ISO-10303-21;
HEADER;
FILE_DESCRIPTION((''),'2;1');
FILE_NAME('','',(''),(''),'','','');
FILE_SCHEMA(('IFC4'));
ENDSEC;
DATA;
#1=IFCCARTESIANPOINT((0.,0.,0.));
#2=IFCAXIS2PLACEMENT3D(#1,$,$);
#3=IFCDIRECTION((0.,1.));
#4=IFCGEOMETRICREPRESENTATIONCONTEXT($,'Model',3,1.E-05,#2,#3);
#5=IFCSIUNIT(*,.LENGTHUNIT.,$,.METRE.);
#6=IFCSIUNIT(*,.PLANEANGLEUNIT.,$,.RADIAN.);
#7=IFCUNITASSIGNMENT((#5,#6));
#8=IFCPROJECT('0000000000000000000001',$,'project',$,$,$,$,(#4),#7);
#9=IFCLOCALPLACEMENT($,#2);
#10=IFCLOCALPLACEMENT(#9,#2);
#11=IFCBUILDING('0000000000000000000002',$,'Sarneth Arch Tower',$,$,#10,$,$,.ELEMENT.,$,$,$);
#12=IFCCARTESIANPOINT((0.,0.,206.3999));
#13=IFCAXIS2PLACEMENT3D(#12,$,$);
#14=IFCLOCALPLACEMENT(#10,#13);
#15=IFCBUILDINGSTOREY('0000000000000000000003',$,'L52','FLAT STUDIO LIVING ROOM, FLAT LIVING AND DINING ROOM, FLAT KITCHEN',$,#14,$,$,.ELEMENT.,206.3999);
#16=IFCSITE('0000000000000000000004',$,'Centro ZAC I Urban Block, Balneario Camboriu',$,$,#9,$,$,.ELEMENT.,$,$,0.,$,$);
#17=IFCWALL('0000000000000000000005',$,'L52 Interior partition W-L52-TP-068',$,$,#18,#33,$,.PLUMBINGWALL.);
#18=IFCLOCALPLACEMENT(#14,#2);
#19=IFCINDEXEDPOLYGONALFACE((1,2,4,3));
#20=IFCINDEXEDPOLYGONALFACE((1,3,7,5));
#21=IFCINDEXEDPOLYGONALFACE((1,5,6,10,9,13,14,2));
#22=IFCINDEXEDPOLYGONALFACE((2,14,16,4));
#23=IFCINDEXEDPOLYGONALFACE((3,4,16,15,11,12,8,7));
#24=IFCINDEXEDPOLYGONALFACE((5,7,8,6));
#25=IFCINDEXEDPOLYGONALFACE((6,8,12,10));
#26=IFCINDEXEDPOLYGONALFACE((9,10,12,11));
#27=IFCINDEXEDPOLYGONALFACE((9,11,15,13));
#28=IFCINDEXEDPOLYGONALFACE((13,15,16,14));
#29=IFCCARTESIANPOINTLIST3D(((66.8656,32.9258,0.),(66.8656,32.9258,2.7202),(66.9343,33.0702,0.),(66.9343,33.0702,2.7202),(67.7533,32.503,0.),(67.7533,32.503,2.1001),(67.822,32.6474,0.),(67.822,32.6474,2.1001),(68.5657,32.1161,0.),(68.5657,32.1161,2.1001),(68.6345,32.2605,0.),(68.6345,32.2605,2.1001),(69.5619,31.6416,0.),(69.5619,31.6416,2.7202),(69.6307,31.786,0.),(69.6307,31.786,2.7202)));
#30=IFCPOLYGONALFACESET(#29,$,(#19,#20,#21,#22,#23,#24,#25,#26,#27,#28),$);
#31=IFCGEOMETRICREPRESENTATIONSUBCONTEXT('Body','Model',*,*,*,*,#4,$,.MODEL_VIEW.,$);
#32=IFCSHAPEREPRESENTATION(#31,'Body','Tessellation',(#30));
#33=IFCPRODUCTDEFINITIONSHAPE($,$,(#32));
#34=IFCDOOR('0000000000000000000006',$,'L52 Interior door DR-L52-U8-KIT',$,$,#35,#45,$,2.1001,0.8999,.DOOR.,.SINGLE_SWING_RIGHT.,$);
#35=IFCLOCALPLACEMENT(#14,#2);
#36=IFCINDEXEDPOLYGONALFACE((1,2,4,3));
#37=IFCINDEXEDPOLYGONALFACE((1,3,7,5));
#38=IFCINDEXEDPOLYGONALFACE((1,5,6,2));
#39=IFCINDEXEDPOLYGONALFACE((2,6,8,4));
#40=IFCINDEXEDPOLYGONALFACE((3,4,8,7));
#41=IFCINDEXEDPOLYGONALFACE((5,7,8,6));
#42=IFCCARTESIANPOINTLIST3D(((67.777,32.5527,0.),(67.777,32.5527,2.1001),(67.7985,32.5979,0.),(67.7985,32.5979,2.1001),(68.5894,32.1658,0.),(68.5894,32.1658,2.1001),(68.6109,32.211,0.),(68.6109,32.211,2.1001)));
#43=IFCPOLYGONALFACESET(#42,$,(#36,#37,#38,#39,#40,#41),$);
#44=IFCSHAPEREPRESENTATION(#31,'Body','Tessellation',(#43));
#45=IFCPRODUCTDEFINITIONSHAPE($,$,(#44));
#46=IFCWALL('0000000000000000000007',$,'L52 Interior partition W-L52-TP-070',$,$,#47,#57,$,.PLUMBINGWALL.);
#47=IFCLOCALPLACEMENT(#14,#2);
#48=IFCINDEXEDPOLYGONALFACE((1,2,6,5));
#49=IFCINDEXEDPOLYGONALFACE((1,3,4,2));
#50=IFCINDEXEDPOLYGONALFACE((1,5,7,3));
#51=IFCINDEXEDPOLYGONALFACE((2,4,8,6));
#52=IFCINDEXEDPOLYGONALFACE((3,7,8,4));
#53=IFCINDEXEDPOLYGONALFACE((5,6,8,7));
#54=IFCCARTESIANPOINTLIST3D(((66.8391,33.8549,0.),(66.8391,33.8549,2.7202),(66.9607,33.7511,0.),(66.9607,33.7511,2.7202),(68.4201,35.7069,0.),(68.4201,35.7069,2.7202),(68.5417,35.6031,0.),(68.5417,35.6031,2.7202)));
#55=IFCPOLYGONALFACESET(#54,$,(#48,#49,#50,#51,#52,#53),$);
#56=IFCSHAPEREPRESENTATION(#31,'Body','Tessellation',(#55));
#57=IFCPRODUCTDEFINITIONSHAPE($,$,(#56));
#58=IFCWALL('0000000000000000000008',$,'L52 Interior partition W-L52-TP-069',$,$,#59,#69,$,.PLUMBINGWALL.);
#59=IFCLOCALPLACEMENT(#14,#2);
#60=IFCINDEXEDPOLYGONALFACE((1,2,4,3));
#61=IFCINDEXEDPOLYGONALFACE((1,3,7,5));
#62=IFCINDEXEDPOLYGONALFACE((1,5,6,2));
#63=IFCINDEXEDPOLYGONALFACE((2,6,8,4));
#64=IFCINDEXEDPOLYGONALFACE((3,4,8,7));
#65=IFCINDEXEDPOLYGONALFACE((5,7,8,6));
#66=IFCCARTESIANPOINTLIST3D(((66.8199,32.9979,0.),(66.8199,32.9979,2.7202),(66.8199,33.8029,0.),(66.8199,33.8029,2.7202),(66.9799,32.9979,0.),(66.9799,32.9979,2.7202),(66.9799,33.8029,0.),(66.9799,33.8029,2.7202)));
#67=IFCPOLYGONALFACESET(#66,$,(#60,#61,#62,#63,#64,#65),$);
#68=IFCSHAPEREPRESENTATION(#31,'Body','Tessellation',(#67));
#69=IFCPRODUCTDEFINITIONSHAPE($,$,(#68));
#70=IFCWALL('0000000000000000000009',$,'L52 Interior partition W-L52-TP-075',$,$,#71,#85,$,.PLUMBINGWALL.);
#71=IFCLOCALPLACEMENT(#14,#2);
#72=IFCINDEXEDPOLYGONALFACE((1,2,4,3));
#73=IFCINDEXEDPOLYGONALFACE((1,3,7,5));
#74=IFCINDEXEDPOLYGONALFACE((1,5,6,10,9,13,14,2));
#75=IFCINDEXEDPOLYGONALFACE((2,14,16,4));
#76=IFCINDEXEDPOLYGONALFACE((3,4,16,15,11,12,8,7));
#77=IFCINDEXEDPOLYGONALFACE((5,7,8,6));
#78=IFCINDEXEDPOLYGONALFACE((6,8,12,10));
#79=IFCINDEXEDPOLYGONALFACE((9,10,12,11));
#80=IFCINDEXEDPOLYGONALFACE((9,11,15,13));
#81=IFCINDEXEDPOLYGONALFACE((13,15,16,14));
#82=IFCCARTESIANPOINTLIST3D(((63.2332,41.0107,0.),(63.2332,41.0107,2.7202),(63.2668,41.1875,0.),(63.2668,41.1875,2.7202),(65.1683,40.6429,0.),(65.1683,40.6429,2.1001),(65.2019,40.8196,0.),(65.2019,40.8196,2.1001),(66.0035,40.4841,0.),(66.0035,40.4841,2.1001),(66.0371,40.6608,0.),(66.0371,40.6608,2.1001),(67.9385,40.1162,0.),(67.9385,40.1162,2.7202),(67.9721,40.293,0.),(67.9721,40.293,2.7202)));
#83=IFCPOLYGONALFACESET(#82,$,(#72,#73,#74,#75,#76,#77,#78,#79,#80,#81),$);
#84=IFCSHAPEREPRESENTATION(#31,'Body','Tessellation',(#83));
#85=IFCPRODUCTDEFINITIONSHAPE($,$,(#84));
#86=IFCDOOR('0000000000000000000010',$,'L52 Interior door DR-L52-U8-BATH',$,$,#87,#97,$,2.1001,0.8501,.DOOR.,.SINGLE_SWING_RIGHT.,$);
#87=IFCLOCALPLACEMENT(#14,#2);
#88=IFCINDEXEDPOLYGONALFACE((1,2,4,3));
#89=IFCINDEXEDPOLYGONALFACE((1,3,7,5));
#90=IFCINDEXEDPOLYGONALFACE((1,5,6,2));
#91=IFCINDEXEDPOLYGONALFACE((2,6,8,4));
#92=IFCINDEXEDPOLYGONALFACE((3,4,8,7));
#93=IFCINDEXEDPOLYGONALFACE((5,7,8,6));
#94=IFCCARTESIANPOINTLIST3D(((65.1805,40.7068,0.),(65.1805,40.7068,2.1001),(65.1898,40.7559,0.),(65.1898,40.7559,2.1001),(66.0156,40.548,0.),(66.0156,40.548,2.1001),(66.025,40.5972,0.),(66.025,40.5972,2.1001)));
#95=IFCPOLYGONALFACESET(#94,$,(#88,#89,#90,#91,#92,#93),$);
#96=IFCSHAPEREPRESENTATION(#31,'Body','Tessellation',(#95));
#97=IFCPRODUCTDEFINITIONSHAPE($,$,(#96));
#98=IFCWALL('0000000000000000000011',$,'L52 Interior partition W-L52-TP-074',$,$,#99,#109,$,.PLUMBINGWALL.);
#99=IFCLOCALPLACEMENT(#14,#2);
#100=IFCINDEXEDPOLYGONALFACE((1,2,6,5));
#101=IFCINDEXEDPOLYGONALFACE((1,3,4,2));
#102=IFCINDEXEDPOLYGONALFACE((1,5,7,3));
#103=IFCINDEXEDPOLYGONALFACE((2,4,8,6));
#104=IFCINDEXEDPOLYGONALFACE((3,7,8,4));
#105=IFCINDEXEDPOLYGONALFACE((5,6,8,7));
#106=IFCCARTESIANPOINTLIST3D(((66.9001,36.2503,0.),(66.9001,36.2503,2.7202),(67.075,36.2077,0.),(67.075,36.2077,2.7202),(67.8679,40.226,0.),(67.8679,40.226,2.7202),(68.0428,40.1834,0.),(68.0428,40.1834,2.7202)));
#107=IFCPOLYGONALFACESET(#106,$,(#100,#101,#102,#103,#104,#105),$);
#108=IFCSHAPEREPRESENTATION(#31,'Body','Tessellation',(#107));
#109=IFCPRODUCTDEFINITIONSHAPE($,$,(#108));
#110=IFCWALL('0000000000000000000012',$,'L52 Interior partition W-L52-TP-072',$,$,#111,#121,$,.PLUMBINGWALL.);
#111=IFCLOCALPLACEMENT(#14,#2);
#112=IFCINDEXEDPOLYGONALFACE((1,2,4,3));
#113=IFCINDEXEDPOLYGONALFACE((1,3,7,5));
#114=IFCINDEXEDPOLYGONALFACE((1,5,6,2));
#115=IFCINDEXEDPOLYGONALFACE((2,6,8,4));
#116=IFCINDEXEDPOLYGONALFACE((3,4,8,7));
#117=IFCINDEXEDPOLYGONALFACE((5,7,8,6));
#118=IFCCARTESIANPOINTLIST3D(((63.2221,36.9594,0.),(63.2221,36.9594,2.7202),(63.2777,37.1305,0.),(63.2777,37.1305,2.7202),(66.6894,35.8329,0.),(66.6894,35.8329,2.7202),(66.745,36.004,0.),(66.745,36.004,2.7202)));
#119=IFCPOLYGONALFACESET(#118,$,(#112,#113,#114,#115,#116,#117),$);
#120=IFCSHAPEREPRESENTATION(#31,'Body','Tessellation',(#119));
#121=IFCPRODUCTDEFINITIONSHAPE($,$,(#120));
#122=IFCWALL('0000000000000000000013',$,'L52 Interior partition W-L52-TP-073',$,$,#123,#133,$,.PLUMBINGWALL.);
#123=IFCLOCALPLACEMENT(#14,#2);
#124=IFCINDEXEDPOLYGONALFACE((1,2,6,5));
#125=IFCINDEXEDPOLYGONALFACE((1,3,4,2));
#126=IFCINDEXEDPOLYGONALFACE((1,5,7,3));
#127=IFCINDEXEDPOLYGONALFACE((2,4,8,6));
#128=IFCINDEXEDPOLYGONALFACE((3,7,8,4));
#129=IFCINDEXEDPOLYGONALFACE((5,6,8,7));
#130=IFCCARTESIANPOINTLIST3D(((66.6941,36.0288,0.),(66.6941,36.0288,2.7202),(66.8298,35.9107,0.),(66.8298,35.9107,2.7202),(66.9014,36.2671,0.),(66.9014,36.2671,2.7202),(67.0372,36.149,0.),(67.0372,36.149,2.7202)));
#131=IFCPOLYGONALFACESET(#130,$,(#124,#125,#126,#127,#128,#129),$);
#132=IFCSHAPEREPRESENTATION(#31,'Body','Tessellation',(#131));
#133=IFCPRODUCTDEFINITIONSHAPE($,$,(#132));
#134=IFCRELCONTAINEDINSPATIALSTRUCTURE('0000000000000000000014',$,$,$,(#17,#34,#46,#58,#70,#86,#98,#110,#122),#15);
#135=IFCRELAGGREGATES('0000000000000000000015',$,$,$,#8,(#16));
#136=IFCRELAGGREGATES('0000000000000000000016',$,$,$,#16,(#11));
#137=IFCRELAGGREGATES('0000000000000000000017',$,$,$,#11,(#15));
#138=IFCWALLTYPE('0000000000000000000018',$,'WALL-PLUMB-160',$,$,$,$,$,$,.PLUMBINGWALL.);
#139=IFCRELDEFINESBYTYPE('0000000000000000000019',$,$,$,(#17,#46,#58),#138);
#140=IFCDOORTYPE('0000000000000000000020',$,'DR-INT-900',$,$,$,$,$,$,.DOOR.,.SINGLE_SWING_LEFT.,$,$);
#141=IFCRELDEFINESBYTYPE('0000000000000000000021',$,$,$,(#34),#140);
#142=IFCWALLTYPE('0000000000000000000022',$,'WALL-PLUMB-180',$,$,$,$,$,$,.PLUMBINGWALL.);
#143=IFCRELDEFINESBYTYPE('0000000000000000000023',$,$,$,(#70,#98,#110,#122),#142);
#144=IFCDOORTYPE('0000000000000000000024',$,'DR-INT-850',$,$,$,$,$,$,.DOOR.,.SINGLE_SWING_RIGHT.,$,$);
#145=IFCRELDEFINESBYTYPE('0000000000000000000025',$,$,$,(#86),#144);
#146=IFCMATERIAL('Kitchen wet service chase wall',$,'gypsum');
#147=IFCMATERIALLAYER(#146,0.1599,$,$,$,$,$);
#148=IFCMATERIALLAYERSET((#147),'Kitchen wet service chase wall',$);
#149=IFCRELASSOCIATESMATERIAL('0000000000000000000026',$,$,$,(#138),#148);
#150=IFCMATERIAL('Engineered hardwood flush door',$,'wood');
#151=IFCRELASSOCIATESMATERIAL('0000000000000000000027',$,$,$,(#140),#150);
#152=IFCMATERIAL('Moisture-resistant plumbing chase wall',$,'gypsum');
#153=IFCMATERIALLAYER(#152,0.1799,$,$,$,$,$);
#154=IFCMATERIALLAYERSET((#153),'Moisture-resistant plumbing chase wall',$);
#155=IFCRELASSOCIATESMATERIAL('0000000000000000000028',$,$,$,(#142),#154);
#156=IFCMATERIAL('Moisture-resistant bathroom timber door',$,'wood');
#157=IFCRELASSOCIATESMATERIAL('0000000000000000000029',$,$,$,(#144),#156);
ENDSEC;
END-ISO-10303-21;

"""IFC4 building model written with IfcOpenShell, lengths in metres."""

from ifc_helpers import new_model, si_unit, direction, frame, frame_2d, origin, place, context, subcontext, project, spatial, rectangle, extrude, material, layer, layer_set, type_object, element, fill, save


model = new_model("IFC4")

# Units and contexts
model_context = context("Model", 3, precision=1e-05, world=origin(), true_north=direction((0.0, 1.0)))
body_context = subcontext(model_context, "Body", "Model", "MODEL_VIEW")
ifc_project = project(units=[si_unit("LENGTHUNIT", "METRE"), si_unit("PLANEANGLEUNIT", "RADIAN")], contexts=[model_context])

# Site, building, storey
site_placement = place(None, origin())
site = spatial("IfcSite", under=ifc_project, at=site_placement, Name="Centro ZAC I Urban Block, Balneario Camboriu", CompositionType="ELEMENT", RefElevation=0.0)
building_placement = place(site_placement, origin())
building = spatial("IfcBuilding", under=site, at=building_placement, Name="Sarneth Arch Tower", CompositionType="ELEMENT")
storey_placement = place(building_placement, frame((0.0, 0.0, 206.3999)))
storey = spatial("IfcBuildingStorey", under=building, at=storey_placement, Name="L52", Description="FLAT STUDIO LIVING ROOM, FLAT LIVING AND DINING ROOM, FLAT KITCHEN", CompositionType="ELEMENT", Elevation=206.3999)

# Shared definitions
ifc_material_1 = material(Name="Kitchen wet service chase wall", Category="gypsum")
ifc_layer_1 = layer(ifc_material_1, 0.1599)
ifc_layer_set_1 = layer_set([ifc_layer_1], Name="Kitchen wet service chase wall")
wall_type_1 = type_object("IfcWallType", Name="WALL-PLUMB-160", PredefinedType="PLUMBINGWALL", material=ifc_layer_set_1)

# Wall, opening, door
wall_1_placement = place(storey_placement, frame((69.5962, 31.7139, 0.0), z_axis=(0.0, 0.0, 1.0), x_axis=(-0.90283, 0.429997, 0.0)))
wall_1 = element("IfcWall", 1, at=wall_1_placement, inside=storey, type_object=wall_type_1, Name="L52 Interior partition W-L52-TP-068", PredefinedType="PLUMBINGWALL", context=body_context, shape_type="SweptSolid", body=[
    extrude(rectangle(XDim=2.9866, YDim=0.1599, at=frame_2d((1.4932, 0.0))), origin(), (0.0, 0.0, 1.0), 2.7202),
])
opening_1_placement = place(wall_1_placement, frame((1.1033, 0.0, 0.0)))
opening_1 = element("IfcOpeningElement", 2, at=opening_1_placement, cuts=wall_1, PredefinedType="OPENING", context=body_context, shape_type="SweptSolid", body=[
    extrude(rectangle(XDim=0.8999, YDim=2.1001, at=frame_2d((0.45, 1.05))), frame((0.0, 0.0898, 0.0), z_axis=(0.0, -1.0, 0.0), x_axis=(1.0, 0.0, 0.0)), (0.0, 0.0, 1.0), 0.1799),
])
ifc_material_2 = material(Name="Engineered hardwood flush door", Category="wood")
door_type_1 = type_object("IfcDoorType", Name="DR-INT-900", OperationType="SINGLE_SWING_LEFT", PredefinedType="DOOR", material=ifc_material_2)
door_1_placement = place(opening_1_placement, origin())
door_1 = element("IfcDoor", 3, at=door_1_placement, inside=storey, type_object=door_type_1, Name="L52 Interior door DR-L52-U8-KIT", OperationType="SINGLE_SWING_RIGHT", OverallHeight=2.1001, OverallWidth=0.8999, PredefinedType="DOOR", context=body_context, shape_type="SweptSolid", body=[
    extrude(rectangle(XDim=0.8999, YDim=2.1001, at=frame_2d((0.45, 1.05))), frame((0.0, 0.0249, 0.0), z_axis=(0.0, -1.0, 0.0), x_axis=(1.0, 0.0, 0.0)), (0.0, 0.0, 1.0), 0.05),
])
fill(opening_1, door_1)

# Walls
wall_2_placement = place(storey_placement, frame((66.8999, 33.803, 0.0), z_axis=(0.0, 0.0, 1.0), x_axis=(0.649271, 0.760557, 0.0)))
element("IfcWall", 4, at=wall_2_placement, inside=storey, type_object=wall_type_1, Name="L52 Interior partition W-L52-TP-070", PredefinedType="PLUMBINGWALL", context=body_context, shape_type="SweptSolid", body=[
    extrude(rectangle(XDim=2.4351, YDim=0.1599, at=frame_2d((1.2175, 0.0))), origin(), (0.0, 0.0, 1.0), 2.7202),
])
wall_3_placement = place(storey_placement, frame((66.8999, 32.998, 0.0), z_axis=(0.0, 0.0, 1.0), x_axis=(0.0, 1.0, 0.0)))
element("IfcWall", 5, at=wall_3_placement, inside=storey, type_object=wall_type_1, Name="L52 Interior partition W-L52-TP-069", PredefinedType="PLUMBINGWALL", context=body_context, shape_type="SweptSolid", body=[
    extrude(rectangle(XDim=0.8049, YDim=0.1599, at=frame_2d((0.4023, 0.0))), origin(), (0.0, 0.0, 1.0), 2.7202),
])

# Wall, opening, door
ifc_material_3 = material(Name="Moisture-resistant plumbing chase wall", Category="gypsum")
ifc_layer_2 = layer(ifc_material_3, 0.1799)
ifc_layer_set_2 = layer_set([ifc_layer_2], Name="Moisture-resistant plumbing chase wall")
wall_type_2 = type_object("IfcWallType", Name="WALL-PLUMB-180", PredefinedType="PLUMBINGWALL", material=ifc_layer_set_2)
wall_4_placement = place(storey_placement, frame((67.9553, 40.2046, 0.0), z_axis=(0.0, 0.0, 1.0), x_axis=(-0.982405, 0.186765, 0.0)))
wall_4 = element("IfcWall", 6, at=wall_4_placement, inside=storey, type_object=wall_type_2, Name="L52 Interior partition W-L52-TP-075", PredefinedType="PLUMBINGWALL", context=body_context, shape_type="SweptSolid", body=[
    extrude(rectangle(XDim=4.7896, YDim=0.1799, at=frame_2d((2.3948, 0.0))), origin(), (0.0, 0.0, 1.0), 2.7202),
])
opening_2_placement = place(wall_4_placement, frame((1.9697, 0.0, 0.0)))
opening_2 = element("IfcOpeningElement", 7, at=opening_2_placement, cuts=wall_4, PredefinedType="OPENING", context=body_context, shape_type="SweptSolid", body=[
    extrude(rectangle(XDim=0.8501, YDim=2.1001, at=frame_2d((0.425, 1.05))), frame((0.0, 0.0999, 0.0), z_axis=(0.0, -1.0, 0.0), x_axis=(1.0, 0.0, 0.0)), (0.0, 0.0, 1.0), 0.2),
])
ifc_material_4 = material(Name="Moisture-resistant bathroom timber door", Category="wood")
door_type_2 = type_object("IfcDoorType", Name="DR-INT-850", OperationType="SINGLE_SWING_RIGHT", PredefinedType="DOOR", material=ifc_material_4)
door_2_placement = place(opening_2_placement, origin())
door_2 = element("IfcDoor", 8, at=door_2_placement, inside=storey, type_object=door_type_2, Name="L52 Interior door DR-L52-U8-BATH", OperationType="SINGLE_SWING_RIGHT", OverallHeight=2.1001, OverallWidth=0.8501, PredefinedType="DOOR", context=body_context, shape_type="SweptSolid", body=[
    extrude(rectangle(XDim=0.8501, YDim=2.1001, at=frame_2d((0.425, 1.05))), frame((0.0, 0.0249, 0.0), z_axis=(0.0, -1.0, 0.0), x_axis=(1.0, 0.0, 0.0)), (0.0, 0.0, 1.0), 0.05),
])
fill(opening_2, door_2)

# Walls
wall_5_placement = place(storey_placement, frame((66.9875, 36.229, 0.0), z_axis=(0.0, 0.0, 1.0), x_axis=(0.236522, 0.971626, 0.0)))
element("IfcWall", 9, at=wall_5_placement, inside=storey, type_object=wall_type_2, Name="L52 Interior partition W-L52-TP-074", PredefinedType="PLUMBINGWALL", context=body_context, shape_type="SweptSolid", body=[
    extrude(rectangle(XDim=4.0918, YDim=0.1799, at=frame_2d((2.0459, 0.0))), origin(), (0.0, 0.0, 1.0), 2.7202),
])
wall_6_placement = place(storey_placement, frame((63.25, 37.0449, 0.0), z_axis=(0.0, 0.0, 1.0), x_axis=(0.951067, -0.308986, 0.0)))
element("IfcWall", 10, at=wall_6_placement, inside=storey, type_object=wall_type_2, Name="L52 Interior partition W-L52-TP-072", PredefinedType="PLUMBINGWALL", context=body_context, shape_type="SweptSolid", body=[
    extrude(rectangle(XDim=3.6458, YDim=0.1799, at=frame_2d((1.8228, 0.0))), origin(), (0.0, 0.0, 1.0), 2.7202),
])
wall_7_placement = place(storey_placement, frame((66.762, 35.9697, 0.0), z_axis=(0.0, 0.0, 1.0), x_axis=(0.656313, 0.754489, 0.0)))
element("IfcWall", 11, at=wall_7_placement, inside=storey, type_object=wall_type_2, Name="L52 Interior partition W-L52-TP-073", PredefinedType="PLUMBINGWALL", context=body_context, shape_type="SweptSolid", body=[
    extrude(rectangle(XDim=0.3159, YDim=0.1799, at=frame_2d((0.158, 0.0))), origin(), (0.0, 0.0, 1.0), 2.7202),
])

save(model, "model.ifc")
